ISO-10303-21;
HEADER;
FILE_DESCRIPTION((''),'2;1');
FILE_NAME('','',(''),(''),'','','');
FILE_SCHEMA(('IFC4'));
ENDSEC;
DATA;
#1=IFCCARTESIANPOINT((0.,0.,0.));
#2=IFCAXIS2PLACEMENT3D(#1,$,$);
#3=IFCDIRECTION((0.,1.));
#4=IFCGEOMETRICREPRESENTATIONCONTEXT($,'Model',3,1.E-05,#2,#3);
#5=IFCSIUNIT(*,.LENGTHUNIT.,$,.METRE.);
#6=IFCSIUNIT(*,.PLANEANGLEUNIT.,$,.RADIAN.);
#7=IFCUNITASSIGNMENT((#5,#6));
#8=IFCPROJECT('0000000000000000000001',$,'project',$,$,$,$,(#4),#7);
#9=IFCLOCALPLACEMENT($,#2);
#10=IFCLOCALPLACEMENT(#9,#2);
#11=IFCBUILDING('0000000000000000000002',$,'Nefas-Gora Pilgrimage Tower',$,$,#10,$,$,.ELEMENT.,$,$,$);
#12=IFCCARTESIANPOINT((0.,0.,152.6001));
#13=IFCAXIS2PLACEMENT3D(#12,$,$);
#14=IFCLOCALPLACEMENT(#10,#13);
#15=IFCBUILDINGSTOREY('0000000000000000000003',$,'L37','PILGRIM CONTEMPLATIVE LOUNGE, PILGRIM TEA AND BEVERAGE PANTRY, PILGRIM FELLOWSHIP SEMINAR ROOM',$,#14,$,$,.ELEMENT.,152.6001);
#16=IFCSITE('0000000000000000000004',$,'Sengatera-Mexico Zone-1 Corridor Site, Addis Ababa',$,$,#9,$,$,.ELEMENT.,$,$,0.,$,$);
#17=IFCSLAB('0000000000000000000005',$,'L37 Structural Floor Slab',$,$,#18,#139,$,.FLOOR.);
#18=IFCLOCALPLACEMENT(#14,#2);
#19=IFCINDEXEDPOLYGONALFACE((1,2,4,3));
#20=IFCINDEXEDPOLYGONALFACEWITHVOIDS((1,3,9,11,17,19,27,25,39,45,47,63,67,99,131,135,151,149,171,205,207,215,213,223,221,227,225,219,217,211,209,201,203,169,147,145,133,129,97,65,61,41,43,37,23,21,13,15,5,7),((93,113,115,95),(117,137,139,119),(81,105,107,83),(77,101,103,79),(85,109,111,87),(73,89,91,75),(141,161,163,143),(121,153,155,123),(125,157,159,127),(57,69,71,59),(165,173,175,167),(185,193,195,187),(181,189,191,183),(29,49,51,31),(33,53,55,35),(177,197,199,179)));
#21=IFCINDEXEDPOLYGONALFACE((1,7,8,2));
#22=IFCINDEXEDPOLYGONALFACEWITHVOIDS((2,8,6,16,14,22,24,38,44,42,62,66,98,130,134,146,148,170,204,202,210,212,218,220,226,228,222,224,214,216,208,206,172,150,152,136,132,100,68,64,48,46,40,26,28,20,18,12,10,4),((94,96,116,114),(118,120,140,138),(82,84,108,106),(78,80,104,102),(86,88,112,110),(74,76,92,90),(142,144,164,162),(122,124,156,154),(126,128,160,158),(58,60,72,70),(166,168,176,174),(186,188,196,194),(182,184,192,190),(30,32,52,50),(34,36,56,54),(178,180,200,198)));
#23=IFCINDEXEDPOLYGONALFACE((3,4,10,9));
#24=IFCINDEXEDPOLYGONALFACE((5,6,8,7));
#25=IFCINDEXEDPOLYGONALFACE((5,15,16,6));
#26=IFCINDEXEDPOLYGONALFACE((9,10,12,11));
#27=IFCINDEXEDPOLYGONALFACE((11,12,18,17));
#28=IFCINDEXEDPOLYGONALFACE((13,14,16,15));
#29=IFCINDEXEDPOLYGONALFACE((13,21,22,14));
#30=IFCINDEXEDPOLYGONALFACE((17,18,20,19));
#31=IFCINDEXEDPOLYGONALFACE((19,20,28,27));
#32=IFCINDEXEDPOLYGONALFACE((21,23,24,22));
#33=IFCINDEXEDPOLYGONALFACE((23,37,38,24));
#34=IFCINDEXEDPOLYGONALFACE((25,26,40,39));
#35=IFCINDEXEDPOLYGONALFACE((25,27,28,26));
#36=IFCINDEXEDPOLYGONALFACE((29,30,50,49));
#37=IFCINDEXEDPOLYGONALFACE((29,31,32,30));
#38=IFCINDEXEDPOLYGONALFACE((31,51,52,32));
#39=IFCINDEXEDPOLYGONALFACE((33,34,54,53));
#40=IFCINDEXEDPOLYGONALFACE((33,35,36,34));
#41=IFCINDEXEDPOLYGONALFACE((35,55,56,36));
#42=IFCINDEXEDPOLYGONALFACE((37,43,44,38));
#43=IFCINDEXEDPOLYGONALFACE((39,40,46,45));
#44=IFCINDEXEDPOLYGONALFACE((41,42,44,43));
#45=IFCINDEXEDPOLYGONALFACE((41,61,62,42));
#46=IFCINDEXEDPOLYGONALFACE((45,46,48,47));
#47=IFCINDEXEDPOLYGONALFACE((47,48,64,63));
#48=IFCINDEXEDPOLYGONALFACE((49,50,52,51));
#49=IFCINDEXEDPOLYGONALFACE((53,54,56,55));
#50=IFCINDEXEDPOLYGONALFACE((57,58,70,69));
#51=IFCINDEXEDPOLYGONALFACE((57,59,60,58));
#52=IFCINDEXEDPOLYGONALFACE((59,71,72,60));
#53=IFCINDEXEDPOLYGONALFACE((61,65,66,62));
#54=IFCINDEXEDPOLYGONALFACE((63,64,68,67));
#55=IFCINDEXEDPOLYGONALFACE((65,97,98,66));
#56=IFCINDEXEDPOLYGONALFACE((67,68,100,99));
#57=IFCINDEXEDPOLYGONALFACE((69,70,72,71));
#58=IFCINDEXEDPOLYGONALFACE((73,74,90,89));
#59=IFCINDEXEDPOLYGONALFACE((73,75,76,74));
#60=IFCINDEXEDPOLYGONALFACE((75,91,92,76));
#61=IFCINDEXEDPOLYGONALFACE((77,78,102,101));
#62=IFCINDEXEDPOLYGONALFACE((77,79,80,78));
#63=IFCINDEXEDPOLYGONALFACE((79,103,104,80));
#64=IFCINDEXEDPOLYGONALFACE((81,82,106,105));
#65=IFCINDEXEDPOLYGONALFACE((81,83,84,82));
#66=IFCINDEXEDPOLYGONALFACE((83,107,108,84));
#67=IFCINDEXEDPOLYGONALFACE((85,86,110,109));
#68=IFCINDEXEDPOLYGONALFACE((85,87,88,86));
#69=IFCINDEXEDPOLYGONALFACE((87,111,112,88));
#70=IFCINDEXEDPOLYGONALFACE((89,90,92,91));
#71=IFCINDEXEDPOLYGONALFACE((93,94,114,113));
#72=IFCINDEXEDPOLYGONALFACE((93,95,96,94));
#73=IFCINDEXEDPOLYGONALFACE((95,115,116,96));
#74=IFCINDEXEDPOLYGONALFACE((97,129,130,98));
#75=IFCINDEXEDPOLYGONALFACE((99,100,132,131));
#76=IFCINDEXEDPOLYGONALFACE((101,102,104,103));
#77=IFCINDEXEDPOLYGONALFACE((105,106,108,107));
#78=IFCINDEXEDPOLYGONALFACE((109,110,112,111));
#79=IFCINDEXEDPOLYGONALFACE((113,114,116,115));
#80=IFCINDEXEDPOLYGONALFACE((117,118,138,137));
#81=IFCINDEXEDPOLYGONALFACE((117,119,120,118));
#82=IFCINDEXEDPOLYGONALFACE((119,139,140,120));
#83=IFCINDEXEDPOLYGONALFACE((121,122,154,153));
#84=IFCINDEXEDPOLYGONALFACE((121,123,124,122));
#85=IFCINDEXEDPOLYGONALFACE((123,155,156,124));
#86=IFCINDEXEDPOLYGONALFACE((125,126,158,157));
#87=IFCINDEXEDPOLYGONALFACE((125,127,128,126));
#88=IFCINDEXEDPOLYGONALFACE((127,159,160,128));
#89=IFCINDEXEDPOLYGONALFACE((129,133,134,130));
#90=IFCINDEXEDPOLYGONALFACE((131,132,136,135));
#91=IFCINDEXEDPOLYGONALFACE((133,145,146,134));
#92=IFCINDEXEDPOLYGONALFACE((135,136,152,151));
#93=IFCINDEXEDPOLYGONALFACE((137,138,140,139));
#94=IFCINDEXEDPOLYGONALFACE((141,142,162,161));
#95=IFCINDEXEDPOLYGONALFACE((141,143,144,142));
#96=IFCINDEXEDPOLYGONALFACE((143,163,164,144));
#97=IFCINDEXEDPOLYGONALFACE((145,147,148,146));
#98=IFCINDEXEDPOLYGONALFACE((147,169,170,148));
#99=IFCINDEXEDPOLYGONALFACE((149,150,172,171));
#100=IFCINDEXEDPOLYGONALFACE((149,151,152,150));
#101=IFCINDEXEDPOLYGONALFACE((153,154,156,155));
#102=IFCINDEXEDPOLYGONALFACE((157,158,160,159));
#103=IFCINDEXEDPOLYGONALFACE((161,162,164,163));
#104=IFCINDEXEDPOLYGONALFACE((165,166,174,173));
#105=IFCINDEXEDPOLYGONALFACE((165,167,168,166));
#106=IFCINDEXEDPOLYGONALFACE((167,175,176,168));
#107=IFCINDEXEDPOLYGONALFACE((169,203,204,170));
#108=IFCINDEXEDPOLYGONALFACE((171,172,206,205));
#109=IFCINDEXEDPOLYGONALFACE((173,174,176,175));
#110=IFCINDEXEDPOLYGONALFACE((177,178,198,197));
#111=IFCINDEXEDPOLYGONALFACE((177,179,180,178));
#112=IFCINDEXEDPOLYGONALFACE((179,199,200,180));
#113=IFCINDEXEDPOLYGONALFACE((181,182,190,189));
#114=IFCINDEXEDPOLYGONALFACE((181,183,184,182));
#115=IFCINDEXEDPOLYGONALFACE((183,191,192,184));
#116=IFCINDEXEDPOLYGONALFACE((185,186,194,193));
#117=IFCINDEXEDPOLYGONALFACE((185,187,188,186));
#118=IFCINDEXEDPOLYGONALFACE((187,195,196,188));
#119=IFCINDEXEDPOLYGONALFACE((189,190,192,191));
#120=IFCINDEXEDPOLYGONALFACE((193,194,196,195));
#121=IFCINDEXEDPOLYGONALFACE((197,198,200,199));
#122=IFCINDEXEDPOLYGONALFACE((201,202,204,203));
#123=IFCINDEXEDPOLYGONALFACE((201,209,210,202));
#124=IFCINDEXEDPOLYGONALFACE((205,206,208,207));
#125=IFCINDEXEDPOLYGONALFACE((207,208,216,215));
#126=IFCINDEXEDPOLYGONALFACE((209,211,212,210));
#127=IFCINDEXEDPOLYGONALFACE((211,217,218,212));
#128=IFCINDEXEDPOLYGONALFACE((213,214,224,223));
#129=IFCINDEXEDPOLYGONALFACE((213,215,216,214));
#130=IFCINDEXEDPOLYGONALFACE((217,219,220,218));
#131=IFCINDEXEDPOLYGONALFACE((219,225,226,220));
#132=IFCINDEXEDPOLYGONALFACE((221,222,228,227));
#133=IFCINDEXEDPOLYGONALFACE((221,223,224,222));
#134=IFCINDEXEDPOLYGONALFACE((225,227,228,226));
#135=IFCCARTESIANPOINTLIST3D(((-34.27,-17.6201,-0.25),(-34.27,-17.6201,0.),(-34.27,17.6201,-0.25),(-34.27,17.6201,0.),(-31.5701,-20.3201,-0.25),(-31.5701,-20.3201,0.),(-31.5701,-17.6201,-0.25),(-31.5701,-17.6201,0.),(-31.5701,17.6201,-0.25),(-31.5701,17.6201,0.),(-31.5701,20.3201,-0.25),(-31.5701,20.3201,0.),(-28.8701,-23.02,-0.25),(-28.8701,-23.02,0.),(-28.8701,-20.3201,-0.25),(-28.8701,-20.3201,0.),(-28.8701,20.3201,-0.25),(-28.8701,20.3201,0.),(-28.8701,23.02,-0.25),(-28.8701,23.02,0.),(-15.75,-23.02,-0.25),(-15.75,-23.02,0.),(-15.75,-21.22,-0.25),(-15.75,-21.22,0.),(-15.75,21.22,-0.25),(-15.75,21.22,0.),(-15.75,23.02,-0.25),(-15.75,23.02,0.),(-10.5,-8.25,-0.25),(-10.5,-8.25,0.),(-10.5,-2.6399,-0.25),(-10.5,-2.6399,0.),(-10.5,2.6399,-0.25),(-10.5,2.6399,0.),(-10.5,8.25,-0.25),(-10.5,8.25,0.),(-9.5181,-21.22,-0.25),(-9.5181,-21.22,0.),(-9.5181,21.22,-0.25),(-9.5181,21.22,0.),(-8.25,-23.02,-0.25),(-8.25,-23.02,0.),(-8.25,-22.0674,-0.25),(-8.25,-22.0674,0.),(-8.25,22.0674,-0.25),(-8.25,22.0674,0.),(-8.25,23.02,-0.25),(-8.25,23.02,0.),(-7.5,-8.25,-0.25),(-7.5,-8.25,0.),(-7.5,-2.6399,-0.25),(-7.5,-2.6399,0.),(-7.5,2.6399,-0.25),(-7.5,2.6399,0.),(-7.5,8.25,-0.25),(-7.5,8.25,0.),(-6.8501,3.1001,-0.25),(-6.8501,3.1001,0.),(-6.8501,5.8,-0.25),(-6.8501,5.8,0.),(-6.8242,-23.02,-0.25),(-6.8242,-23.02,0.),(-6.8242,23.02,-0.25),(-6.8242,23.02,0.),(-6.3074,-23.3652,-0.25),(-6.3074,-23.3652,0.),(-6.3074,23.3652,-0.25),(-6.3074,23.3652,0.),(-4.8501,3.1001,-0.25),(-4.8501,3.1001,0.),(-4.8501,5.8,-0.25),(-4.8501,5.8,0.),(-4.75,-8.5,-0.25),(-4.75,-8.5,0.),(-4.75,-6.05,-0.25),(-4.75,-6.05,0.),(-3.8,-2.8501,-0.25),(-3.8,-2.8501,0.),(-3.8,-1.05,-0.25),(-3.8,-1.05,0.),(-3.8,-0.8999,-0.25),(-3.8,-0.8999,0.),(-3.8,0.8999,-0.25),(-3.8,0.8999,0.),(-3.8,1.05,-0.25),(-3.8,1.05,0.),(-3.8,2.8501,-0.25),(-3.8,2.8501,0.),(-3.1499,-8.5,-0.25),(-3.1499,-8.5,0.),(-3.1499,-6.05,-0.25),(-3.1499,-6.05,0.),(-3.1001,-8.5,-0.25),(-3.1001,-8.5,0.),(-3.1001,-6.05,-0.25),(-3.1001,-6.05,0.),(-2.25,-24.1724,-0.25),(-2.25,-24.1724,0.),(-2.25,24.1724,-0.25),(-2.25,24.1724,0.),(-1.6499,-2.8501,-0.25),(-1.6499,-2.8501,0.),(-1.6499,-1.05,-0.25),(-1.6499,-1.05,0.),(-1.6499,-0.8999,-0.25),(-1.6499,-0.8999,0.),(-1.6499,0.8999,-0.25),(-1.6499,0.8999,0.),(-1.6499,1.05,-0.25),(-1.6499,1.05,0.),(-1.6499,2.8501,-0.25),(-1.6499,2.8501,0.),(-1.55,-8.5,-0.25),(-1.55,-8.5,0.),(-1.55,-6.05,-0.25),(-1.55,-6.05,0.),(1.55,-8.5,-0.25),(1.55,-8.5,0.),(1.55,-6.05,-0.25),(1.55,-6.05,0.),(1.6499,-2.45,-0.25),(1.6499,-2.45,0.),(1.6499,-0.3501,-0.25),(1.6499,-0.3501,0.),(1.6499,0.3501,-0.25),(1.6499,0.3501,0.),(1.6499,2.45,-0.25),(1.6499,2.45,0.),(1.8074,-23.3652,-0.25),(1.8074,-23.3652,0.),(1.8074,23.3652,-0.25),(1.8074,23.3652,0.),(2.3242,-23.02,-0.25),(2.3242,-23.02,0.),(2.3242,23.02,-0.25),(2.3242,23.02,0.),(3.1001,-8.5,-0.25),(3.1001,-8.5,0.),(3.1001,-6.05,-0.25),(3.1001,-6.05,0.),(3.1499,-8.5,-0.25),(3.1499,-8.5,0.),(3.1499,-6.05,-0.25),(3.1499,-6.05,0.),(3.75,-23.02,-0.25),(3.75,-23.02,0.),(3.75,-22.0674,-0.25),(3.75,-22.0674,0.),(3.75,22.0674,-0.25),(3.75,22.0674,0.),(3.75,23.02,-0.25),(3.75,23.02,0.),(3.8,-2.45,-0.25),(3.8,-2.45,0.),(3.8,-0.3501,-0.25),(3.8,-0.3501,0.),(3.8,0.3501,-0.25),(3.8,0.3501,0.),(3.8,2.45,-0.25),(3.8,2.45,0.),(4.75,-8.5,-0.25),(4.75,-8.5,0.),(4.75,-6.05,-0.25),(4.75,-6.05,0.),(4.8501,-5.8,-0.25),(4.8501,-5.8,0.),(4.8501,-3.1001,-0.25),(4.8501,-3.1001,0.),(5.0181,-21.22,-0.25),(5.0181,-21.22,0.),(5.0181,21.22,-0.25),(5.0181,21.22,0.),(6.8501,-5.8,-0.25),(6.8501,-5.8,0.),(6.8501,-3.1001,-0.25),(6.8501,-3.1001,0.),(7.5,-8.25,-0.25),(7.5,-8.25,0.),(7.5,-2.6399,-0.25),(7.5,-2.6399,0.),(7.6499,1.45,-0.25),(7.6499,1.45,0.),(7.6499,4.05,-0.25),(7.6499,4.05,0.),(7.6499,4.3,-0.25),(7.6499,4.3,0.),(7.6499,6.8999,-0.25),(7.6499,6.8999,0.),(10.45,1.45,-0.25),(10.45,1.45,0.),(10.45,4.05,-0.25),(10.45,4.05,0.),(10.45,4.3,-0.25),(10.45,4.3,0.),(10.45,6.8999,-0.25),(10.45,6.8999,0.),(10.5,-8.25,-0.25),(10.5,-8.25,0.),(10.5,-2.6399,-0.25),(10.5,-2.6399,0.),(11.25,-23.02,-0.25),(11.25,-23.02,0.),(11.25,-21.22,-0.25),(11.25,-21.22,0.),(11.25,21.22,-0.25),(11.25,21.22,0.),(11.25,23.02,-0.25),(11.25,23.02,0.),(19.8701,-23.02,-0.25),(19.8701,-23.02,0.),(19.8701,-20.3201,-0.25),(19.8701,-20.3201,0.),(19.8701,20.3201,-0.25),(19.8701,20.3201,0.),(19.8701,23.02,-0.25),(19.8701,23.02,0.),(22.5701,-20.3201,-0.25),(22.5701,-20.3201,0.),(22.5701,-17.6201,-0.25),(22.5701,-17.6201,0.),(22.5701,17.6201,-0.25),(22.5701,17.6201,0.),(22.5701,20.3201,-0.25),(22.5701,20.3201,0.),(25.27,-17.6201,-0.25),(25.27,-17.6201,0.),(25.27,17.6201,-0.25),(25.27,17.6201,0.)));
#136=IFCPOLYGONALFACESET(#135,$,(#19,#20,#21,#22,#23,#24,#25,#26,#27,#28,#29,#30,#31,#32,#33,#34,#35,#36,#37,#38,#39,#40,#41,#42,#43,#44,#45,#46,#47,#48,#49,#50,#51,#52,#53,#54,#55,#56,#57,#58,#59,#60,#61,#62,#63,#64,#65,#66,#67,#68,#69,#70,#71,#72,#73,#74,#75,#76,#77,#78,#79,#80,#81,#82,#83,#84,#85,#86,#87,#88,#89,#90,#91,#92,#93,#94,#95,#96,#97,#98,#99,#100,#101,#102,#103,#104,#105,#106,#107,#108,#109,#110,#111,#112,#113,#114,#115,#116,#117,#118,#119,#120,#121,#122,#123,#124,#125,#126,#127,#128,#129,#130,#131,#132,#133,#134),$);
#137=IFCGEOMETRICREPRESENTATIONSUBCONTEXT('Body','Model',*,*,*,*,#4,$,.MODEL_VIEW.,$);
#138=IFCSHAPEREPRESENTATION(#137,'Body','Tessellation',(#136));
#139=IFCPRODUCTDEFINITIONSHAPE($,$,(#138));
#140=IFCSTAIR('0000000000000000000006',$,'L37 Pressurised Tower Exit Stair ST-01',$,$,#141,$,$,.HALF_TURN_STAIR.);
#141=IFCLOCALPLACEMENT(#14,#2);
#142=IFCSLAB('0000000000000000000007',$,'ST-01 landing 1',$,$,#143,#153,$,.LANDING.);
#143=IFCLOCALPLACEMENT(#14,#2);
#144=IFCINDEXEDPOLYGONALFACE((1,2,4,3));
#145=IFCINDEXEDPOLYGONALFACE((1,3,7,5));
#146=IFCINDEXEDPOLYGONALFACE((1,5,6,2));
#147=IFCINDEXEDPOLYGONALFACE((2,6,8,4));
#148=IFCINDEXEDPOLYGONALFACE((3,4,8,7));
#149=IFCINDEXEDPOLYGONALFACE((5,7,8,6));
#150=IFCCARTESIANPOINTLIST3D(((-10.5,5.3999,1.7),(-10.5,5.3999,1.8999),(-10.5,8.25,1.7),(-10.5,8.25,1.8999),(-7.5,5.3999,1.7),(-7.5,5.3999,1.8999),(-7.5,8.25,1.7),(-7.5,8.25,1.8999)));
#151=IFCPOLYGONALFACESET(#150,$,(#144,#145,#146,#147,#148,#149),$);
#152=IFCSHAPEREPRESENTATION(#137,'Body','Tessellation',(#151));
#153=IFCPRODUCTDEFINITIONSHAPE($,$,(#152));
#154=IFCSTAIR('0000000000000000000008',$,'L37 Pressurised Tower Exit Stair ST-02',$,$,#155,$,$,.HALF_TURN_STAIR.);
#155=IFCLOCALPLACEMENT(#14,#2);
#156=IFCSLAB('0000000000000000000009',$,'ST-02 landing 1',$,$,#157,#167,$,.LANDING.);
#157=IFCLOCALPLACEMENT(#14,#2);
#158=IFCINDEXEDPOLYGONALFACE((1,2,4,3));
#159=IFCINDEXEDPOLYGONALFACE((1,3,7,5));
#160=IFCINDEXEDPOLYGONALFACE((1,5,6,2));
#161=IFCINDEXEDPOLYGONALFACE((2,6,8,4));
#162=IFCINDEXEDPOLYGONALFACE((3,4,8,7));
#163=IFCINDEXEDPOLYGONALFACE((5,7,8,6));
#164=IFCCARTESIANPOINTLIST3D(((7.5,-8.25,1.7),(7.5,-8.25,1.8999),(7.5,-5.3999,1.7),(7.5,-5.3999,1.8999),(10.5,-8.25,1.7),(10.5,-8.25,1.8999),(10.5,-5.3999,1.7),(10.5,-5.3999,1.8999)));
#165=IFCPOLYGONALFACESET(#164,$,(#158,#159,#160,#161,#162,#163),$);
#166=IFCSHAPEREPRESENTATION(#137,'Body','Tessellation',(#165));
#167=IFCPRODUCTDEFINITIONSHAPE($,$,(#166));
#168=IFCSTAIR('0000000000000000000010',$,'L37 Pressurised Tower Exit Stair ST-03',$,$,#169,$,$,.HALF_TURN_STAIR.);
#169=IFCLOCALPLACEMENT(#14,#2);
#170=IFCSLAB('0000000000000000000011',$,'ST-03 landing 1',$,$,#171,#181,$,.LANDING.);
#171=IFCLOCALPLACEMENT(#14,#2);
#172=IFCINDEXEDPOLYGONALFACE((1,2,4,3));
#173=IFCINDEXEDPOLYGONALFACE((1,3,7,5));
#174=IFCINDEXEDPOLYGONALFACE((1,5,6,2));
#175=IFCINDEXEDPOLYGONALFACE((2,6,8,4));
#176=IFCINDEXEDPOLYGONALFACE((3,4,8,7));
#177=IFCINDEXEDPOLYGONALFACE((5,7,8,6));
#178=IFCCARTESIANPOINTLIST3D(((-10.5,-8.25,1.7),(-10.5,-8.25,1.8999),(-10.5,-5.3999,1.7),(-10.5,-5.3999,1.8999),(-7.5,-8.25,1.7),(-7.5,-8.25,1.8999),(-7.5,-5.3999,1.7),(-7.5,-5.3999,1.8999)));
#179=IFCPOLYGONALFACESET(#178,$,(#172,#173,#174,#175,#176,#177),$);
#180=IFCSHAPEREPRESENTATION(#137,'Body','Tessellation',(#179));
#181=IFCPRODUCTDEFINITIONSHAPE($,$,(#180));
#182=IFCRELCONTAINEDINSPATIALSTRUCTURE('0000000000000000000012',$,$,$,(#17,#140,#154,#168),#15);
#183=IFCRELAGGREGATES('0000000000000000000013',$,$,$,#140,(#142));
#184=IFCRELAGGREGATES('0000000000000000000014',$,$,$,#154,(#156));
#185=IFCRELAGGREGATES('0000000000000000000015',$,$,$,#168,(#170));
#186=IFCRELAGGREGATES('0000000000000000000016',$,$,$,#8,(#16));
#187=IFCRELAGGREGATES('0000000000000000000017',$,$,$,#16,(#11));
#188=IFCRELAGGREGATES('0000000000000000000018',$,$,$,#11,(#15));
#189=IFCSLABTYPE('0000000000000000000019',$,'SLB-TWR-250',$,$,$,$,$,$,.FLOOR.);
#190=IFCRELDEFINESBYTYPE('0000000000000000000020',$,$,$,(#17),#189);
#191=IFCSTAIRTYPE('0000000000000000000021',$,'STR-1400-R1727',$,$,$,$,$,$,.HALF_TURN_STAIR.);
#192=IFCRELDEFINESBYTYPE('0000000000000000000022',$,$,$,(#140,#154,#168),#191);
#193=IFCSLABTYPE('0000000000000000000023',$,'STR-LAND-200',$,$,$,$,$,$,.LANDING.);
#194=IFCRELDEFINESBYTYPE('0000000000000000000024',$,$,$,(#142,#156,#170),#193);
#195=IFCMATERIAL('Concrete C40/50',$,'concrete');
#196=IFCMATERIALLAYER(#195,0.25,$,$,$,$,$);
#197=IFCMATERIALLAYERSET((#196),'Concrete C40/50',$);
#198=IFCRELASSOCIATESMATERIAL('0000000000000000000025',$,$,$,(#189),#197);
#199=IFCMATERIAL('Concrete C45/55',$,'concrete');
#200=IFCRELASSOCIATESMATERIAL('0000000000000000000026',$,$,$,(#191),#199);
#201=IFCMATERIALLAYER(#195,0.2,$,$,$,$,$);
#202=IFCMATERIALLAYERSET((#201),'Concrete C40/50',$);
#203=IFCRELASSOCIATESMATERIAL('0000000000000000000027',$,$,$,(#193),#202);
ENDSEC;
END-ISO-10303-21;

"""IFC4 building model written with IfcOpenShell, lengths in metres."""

from ifc_helpers import new_model, si_unit, direction, frame, origin, place, context, subcontext, project, spatial, polyline, outline, extrude, material, layer, layer_set, type_object, element, aggregate, save


model = new_model("IFC4")

# Units and contexts
model_context = context("Model", 3, precision=1e-05, world=origin(), true_north=direction((0.0, 1.0)))
body_context = subcontext(model_context, "Body", "Model", "MODEL_VIEW")
ifc_project = project(units=[si_unit("LENGTHUNIT", "METRE"), si_unit("PLANEANGLEUNIT", "RADIAN")], contexts=[model_context])

# Site, building, storey
site_placement = place(None, origin())
site = spatial("IfcSite", under=ifc_project, at=site_placement, Name="Sengatera-Mexico Zone-1 Corridor Site, Addis Ababa", CompositionType="ELEMENT", RefElevation=0.0)
building_placement = place(site_placement, origin())
building = spatial("IfcBuilding", under=site, at=building_placement, Name="Nefas-Gora Pilgrimage Tower", CompositionType="ELEMENT")
storey_placement = place(building_placement, frame((0.0, 0.0, 152.6001)))
storey = spatial("IfcBuildingStorey", under=building, at=storey_placement, Name="L37", Description="PILGRIM CONTEMPLATIVE LOUNGE, PILGRIM TEA AND BEVERAGE PANTRY, PILGRIM FELLOWSHIP SEMINAR ROOM", CompositionType="ELEMENT", Elevation=152.6001)

# Slab
ifc_material_1 = material(Name="Concrete C40/50", Category="concrete")
ifc_layer_1 = layer(ifc_material_1, 0.25)
ifc_layer_set_1 = layer_set([ifc_layer_1], Name="Concrete C40/50")
slab_type_1 = type_object("IfcSlabType", Name="SLB-TWR-250", PredefinedType="FLOOR", material=ifc_layer_set_1)
slab_1_placement = place(storey_placement, frame((0.0, 0.0, -0.25)))
element("IfcSlab", 1, at=slab_1_placement, inside=storey, type_object=slab_type_1, Name="L37 Structural Floor Slab", PredefinedType="FLOOR", context=body_context, shape_type="SweptSolid", body=[
    extrude(outline(polyline([(5.0181, -21.22), (11.25, -21.22), (11.25, -23.02), (19.8701, -23.02), (19.8701, -20.3201), (22.5701, -20.3201), (22.5701, -17.6201), (25.27, -17.6201), (25.27, 17.6201), (22.5701, 17.6201), (22.5701, 20.3201), (19.8701, 20.3201), (19.8701, 23.02), (11.25, 23.02), (11.25, 21.22), (5.0181, 21.22), (3.75, 22.0674), (3.75, 23.02), (2.3242, 23.02), (1.8074, 23.3652), (-2.25, 24.1724), (-6.3074, 23.3652), (-6.8242, 23.02), (-8.25, 23.02), (-8.25, 22.0674), (-9.5181, 21.22), (-15.75, 21.22), (-15.75, 23.02), (-28.8701, 23.02), (-28.8701, 20.3201), (-31.5701, 20.3201), (-31.5701, 17.6201), (-34.27, 17.6201), (-34.27, -17.6201), (-31.5701, -17.6201), (-31.5701, -20.3201), (-28.8701, -20.3201), (-28.8701, -23.02), (-15.75, -23.02), (-15.75, -21.22), (-9.5181, -21.22), (-8.25, -22.0674), (-8.25, -23.02), (-6.8242, -23.02), (-6.3074, -23.3652), (-2.25, -24.1724), (1.8074, -23.3652), (2.3242, -23.02), (3.75, -23.02), (3.75, -22.0674), (5.0181, -21.22)]), holes=[polyline([(-10.5, 2.6399), (-10.5, 8.25), (-7.5, 8.25), (-7.5, 2.6399), (-10.5, 2.6399)]), polyline([(10.5, -2.6399), (10.5, -8.25), (7.5, -8.25), (7.5, -2.6399), (10.5, -2.6399)]), polyline([(-7.5, -2.6399), (-7.5, -8.25), (-10.5, -8.25), (-10.5, -2.6399), (-7.5, -2.6399)]), polyline([(-6.8501, 5.8), (-4.8501, 5.8), (-4.8501, 3.1001), (-6.8501, 3.1001), (-6.8501, 5.8)]), polyline([(4.8501, -3.1001), (6.8501, -3.1001), (6.8501, -5.8), (4.8501, -5.8), (4.8501, -3.1001)]), polyline([(7.6499, 4.05), (10.45, 4.05), (10.45, 1.45), (7.6499, 1.45), (7.6499, 4.05)]), polyline([(7.6499, 6.8999), (10.45, 6.8999), (10.45, 4.3), (7.6499, 4.3), (7.6499, 6.8999)]), polyline([(-4.75, -6.05), (-3.1499, -6.05), (-3.1499, -8.5), (-4.75, -8.5), (-4.75, -6.05)]), polyline([(-3.1001, -6.05), (-1.55, -6.05), (-1.55, -8.5), (-3.1001, -8.5), (-3.1001, -6.05)]), polyline([(1.55, -6.05), (3.1001, -6.05), (3.1001, -8.5), (1.55, -8.5), (1.55, -6.05)]), polyline([(3.1499, -6.05), (4.75, -6.05), (4.75, -8.5), (3.1499, -8.5), (3.1499, -6.05)]), polyline([(-3.8, -1.05), (-1.6499, -1.05), (-1.6499, -2.8501), (-3.8, -2.8501), (-3.8, -1.05)]), polyline([(-3.8, 0.8999), (-1.6499, 0.8999), (-1.6499, -0.8999), (-3.8, -0.8999), (-3.8, 0.8999)]), polyline([(-3.8, 2.8501), (-1.6499, 2.8501), (-1.6499, 1.05), (-3.8, 1.05), (-3.8, 2.8501)]), polyline([(1.6499, -0.3501), (3.8, -0.3501), (3.8, -2.45), (1.6499, -2.45), (1.6499, -0.3501)]), polyline([(1.6499, 2.45), (3.8, 2.45), (3.8, 0.3501), (1.6499, 0.3501), (1.6499, 2.45)])]), origin(), (0.0, 0.0, 1.0), 0.25),
])

# Stairs, slabs
ifc_material_2 = material(Name="Concrete C45/55", Category="concrete")
stair_type = type_object("IfcStairType", Name="STR-1400-R1727", PredefinedType="HALF_TURN_STAIR", material=ifc_material_2)
stair_1_placement = place(storey_placement, origin())
stair_1 = element("IfcStair", 2, at=stair_1_placement, inside=storey, type_object=stair_type, Name="L37 Pressurised Tower Exit Stair ST-01", PredefinedType="HALF_TURN_STAIR")
ifc_layer_2 = layer(ifc_material_1, 0.2)
ifc_layer_set_2 = layer_set([ifc_layer_2], Name="Concrete C40/50")
slab_type_2 = type_object("IfcSlabType", Name="STR-LAND-200", PredefinedType="LANDING", material=ifc_layer_set_2)
slab_2_placement = place(storey_placement, frame((0.0, 0.0, 1.7)))
slab_2 = element("IfcSlab", 3, at=slab_2_placement, type_object=slab_type_2, Name="ST-01 landing 1", PredefinedType="LANDING", context=body_context, shape_type="SweptSolid", body=[
    extrude(outline(polyline([(-7.5, 5.3999), (-7.5, 8.25), (-10.5, 8.25), (-10.5, 5.3999), (-7.5, 5.3999)])), origin(), (0.0, 0.0, 1.0), 0.2),
])
aggregate(stair_1, [slab_2])
stair_2_placement = place(storey_placement, origin())
stair_2 = element("IfcStair", 4, at=stair_2_placement, inside=storey, type_object=stair_type, Name="L37 Pressurised Tower Exit Stair ST-02", PredefinedType="HALF_TURN_STAIR")
slab_3_placement = place(storey_placement, frame((0.0, 0.0, 1.7)))
slab_3 = element("IfcSlab", 5, at=slab_3_placement, type_object=slab_type_2, Name="ST-02 landing 1", PredefinedType="LANDING", context=body_context, shape_type="SweptSolid", body=[
    extrude(outline(polyline([(7.5, -5.3999), (7.5, -8.25), (10.5, -8.25), (10.5, -5.3999), (7.5, -5.3999)])), origin(), (0.0, 0.0, 1.0), 0.2),
])
aggregate(stair_2, [slab_3])
stair_3_placement = place(storey_placement, origin())
stair_3 = element("IfcStair", 6, at=stair_3_placement, inside=storey, type_object=stair_type, Name="L37 Pressurised Tower Exit Stair ST-03", PredefinedType="HALF_TURN_STAIR")
slab_4_placement = place(storey_placement, frame((0.0, 0.0, 1.7)))
slab_4 = element("IfcSlab", 7, at=slab_4_placement, type_object=slab_type_2, Name="ST-03 landing 1", PredefinedType="LANDING", context=body_context, shape_type="SweptSolid", body=[
    extrude(outline(polyline([(-10.5, -5.3999), (-10.5, -8.25), (-7.5, -8.25), (-7.5, -5.3999), (-10.5, -5.3999)])), origin(), (0.0, 0.0, 1.0), 0.2),
])
aggregate(stair_3, [slab_4])

save(model, "model.ifc")
